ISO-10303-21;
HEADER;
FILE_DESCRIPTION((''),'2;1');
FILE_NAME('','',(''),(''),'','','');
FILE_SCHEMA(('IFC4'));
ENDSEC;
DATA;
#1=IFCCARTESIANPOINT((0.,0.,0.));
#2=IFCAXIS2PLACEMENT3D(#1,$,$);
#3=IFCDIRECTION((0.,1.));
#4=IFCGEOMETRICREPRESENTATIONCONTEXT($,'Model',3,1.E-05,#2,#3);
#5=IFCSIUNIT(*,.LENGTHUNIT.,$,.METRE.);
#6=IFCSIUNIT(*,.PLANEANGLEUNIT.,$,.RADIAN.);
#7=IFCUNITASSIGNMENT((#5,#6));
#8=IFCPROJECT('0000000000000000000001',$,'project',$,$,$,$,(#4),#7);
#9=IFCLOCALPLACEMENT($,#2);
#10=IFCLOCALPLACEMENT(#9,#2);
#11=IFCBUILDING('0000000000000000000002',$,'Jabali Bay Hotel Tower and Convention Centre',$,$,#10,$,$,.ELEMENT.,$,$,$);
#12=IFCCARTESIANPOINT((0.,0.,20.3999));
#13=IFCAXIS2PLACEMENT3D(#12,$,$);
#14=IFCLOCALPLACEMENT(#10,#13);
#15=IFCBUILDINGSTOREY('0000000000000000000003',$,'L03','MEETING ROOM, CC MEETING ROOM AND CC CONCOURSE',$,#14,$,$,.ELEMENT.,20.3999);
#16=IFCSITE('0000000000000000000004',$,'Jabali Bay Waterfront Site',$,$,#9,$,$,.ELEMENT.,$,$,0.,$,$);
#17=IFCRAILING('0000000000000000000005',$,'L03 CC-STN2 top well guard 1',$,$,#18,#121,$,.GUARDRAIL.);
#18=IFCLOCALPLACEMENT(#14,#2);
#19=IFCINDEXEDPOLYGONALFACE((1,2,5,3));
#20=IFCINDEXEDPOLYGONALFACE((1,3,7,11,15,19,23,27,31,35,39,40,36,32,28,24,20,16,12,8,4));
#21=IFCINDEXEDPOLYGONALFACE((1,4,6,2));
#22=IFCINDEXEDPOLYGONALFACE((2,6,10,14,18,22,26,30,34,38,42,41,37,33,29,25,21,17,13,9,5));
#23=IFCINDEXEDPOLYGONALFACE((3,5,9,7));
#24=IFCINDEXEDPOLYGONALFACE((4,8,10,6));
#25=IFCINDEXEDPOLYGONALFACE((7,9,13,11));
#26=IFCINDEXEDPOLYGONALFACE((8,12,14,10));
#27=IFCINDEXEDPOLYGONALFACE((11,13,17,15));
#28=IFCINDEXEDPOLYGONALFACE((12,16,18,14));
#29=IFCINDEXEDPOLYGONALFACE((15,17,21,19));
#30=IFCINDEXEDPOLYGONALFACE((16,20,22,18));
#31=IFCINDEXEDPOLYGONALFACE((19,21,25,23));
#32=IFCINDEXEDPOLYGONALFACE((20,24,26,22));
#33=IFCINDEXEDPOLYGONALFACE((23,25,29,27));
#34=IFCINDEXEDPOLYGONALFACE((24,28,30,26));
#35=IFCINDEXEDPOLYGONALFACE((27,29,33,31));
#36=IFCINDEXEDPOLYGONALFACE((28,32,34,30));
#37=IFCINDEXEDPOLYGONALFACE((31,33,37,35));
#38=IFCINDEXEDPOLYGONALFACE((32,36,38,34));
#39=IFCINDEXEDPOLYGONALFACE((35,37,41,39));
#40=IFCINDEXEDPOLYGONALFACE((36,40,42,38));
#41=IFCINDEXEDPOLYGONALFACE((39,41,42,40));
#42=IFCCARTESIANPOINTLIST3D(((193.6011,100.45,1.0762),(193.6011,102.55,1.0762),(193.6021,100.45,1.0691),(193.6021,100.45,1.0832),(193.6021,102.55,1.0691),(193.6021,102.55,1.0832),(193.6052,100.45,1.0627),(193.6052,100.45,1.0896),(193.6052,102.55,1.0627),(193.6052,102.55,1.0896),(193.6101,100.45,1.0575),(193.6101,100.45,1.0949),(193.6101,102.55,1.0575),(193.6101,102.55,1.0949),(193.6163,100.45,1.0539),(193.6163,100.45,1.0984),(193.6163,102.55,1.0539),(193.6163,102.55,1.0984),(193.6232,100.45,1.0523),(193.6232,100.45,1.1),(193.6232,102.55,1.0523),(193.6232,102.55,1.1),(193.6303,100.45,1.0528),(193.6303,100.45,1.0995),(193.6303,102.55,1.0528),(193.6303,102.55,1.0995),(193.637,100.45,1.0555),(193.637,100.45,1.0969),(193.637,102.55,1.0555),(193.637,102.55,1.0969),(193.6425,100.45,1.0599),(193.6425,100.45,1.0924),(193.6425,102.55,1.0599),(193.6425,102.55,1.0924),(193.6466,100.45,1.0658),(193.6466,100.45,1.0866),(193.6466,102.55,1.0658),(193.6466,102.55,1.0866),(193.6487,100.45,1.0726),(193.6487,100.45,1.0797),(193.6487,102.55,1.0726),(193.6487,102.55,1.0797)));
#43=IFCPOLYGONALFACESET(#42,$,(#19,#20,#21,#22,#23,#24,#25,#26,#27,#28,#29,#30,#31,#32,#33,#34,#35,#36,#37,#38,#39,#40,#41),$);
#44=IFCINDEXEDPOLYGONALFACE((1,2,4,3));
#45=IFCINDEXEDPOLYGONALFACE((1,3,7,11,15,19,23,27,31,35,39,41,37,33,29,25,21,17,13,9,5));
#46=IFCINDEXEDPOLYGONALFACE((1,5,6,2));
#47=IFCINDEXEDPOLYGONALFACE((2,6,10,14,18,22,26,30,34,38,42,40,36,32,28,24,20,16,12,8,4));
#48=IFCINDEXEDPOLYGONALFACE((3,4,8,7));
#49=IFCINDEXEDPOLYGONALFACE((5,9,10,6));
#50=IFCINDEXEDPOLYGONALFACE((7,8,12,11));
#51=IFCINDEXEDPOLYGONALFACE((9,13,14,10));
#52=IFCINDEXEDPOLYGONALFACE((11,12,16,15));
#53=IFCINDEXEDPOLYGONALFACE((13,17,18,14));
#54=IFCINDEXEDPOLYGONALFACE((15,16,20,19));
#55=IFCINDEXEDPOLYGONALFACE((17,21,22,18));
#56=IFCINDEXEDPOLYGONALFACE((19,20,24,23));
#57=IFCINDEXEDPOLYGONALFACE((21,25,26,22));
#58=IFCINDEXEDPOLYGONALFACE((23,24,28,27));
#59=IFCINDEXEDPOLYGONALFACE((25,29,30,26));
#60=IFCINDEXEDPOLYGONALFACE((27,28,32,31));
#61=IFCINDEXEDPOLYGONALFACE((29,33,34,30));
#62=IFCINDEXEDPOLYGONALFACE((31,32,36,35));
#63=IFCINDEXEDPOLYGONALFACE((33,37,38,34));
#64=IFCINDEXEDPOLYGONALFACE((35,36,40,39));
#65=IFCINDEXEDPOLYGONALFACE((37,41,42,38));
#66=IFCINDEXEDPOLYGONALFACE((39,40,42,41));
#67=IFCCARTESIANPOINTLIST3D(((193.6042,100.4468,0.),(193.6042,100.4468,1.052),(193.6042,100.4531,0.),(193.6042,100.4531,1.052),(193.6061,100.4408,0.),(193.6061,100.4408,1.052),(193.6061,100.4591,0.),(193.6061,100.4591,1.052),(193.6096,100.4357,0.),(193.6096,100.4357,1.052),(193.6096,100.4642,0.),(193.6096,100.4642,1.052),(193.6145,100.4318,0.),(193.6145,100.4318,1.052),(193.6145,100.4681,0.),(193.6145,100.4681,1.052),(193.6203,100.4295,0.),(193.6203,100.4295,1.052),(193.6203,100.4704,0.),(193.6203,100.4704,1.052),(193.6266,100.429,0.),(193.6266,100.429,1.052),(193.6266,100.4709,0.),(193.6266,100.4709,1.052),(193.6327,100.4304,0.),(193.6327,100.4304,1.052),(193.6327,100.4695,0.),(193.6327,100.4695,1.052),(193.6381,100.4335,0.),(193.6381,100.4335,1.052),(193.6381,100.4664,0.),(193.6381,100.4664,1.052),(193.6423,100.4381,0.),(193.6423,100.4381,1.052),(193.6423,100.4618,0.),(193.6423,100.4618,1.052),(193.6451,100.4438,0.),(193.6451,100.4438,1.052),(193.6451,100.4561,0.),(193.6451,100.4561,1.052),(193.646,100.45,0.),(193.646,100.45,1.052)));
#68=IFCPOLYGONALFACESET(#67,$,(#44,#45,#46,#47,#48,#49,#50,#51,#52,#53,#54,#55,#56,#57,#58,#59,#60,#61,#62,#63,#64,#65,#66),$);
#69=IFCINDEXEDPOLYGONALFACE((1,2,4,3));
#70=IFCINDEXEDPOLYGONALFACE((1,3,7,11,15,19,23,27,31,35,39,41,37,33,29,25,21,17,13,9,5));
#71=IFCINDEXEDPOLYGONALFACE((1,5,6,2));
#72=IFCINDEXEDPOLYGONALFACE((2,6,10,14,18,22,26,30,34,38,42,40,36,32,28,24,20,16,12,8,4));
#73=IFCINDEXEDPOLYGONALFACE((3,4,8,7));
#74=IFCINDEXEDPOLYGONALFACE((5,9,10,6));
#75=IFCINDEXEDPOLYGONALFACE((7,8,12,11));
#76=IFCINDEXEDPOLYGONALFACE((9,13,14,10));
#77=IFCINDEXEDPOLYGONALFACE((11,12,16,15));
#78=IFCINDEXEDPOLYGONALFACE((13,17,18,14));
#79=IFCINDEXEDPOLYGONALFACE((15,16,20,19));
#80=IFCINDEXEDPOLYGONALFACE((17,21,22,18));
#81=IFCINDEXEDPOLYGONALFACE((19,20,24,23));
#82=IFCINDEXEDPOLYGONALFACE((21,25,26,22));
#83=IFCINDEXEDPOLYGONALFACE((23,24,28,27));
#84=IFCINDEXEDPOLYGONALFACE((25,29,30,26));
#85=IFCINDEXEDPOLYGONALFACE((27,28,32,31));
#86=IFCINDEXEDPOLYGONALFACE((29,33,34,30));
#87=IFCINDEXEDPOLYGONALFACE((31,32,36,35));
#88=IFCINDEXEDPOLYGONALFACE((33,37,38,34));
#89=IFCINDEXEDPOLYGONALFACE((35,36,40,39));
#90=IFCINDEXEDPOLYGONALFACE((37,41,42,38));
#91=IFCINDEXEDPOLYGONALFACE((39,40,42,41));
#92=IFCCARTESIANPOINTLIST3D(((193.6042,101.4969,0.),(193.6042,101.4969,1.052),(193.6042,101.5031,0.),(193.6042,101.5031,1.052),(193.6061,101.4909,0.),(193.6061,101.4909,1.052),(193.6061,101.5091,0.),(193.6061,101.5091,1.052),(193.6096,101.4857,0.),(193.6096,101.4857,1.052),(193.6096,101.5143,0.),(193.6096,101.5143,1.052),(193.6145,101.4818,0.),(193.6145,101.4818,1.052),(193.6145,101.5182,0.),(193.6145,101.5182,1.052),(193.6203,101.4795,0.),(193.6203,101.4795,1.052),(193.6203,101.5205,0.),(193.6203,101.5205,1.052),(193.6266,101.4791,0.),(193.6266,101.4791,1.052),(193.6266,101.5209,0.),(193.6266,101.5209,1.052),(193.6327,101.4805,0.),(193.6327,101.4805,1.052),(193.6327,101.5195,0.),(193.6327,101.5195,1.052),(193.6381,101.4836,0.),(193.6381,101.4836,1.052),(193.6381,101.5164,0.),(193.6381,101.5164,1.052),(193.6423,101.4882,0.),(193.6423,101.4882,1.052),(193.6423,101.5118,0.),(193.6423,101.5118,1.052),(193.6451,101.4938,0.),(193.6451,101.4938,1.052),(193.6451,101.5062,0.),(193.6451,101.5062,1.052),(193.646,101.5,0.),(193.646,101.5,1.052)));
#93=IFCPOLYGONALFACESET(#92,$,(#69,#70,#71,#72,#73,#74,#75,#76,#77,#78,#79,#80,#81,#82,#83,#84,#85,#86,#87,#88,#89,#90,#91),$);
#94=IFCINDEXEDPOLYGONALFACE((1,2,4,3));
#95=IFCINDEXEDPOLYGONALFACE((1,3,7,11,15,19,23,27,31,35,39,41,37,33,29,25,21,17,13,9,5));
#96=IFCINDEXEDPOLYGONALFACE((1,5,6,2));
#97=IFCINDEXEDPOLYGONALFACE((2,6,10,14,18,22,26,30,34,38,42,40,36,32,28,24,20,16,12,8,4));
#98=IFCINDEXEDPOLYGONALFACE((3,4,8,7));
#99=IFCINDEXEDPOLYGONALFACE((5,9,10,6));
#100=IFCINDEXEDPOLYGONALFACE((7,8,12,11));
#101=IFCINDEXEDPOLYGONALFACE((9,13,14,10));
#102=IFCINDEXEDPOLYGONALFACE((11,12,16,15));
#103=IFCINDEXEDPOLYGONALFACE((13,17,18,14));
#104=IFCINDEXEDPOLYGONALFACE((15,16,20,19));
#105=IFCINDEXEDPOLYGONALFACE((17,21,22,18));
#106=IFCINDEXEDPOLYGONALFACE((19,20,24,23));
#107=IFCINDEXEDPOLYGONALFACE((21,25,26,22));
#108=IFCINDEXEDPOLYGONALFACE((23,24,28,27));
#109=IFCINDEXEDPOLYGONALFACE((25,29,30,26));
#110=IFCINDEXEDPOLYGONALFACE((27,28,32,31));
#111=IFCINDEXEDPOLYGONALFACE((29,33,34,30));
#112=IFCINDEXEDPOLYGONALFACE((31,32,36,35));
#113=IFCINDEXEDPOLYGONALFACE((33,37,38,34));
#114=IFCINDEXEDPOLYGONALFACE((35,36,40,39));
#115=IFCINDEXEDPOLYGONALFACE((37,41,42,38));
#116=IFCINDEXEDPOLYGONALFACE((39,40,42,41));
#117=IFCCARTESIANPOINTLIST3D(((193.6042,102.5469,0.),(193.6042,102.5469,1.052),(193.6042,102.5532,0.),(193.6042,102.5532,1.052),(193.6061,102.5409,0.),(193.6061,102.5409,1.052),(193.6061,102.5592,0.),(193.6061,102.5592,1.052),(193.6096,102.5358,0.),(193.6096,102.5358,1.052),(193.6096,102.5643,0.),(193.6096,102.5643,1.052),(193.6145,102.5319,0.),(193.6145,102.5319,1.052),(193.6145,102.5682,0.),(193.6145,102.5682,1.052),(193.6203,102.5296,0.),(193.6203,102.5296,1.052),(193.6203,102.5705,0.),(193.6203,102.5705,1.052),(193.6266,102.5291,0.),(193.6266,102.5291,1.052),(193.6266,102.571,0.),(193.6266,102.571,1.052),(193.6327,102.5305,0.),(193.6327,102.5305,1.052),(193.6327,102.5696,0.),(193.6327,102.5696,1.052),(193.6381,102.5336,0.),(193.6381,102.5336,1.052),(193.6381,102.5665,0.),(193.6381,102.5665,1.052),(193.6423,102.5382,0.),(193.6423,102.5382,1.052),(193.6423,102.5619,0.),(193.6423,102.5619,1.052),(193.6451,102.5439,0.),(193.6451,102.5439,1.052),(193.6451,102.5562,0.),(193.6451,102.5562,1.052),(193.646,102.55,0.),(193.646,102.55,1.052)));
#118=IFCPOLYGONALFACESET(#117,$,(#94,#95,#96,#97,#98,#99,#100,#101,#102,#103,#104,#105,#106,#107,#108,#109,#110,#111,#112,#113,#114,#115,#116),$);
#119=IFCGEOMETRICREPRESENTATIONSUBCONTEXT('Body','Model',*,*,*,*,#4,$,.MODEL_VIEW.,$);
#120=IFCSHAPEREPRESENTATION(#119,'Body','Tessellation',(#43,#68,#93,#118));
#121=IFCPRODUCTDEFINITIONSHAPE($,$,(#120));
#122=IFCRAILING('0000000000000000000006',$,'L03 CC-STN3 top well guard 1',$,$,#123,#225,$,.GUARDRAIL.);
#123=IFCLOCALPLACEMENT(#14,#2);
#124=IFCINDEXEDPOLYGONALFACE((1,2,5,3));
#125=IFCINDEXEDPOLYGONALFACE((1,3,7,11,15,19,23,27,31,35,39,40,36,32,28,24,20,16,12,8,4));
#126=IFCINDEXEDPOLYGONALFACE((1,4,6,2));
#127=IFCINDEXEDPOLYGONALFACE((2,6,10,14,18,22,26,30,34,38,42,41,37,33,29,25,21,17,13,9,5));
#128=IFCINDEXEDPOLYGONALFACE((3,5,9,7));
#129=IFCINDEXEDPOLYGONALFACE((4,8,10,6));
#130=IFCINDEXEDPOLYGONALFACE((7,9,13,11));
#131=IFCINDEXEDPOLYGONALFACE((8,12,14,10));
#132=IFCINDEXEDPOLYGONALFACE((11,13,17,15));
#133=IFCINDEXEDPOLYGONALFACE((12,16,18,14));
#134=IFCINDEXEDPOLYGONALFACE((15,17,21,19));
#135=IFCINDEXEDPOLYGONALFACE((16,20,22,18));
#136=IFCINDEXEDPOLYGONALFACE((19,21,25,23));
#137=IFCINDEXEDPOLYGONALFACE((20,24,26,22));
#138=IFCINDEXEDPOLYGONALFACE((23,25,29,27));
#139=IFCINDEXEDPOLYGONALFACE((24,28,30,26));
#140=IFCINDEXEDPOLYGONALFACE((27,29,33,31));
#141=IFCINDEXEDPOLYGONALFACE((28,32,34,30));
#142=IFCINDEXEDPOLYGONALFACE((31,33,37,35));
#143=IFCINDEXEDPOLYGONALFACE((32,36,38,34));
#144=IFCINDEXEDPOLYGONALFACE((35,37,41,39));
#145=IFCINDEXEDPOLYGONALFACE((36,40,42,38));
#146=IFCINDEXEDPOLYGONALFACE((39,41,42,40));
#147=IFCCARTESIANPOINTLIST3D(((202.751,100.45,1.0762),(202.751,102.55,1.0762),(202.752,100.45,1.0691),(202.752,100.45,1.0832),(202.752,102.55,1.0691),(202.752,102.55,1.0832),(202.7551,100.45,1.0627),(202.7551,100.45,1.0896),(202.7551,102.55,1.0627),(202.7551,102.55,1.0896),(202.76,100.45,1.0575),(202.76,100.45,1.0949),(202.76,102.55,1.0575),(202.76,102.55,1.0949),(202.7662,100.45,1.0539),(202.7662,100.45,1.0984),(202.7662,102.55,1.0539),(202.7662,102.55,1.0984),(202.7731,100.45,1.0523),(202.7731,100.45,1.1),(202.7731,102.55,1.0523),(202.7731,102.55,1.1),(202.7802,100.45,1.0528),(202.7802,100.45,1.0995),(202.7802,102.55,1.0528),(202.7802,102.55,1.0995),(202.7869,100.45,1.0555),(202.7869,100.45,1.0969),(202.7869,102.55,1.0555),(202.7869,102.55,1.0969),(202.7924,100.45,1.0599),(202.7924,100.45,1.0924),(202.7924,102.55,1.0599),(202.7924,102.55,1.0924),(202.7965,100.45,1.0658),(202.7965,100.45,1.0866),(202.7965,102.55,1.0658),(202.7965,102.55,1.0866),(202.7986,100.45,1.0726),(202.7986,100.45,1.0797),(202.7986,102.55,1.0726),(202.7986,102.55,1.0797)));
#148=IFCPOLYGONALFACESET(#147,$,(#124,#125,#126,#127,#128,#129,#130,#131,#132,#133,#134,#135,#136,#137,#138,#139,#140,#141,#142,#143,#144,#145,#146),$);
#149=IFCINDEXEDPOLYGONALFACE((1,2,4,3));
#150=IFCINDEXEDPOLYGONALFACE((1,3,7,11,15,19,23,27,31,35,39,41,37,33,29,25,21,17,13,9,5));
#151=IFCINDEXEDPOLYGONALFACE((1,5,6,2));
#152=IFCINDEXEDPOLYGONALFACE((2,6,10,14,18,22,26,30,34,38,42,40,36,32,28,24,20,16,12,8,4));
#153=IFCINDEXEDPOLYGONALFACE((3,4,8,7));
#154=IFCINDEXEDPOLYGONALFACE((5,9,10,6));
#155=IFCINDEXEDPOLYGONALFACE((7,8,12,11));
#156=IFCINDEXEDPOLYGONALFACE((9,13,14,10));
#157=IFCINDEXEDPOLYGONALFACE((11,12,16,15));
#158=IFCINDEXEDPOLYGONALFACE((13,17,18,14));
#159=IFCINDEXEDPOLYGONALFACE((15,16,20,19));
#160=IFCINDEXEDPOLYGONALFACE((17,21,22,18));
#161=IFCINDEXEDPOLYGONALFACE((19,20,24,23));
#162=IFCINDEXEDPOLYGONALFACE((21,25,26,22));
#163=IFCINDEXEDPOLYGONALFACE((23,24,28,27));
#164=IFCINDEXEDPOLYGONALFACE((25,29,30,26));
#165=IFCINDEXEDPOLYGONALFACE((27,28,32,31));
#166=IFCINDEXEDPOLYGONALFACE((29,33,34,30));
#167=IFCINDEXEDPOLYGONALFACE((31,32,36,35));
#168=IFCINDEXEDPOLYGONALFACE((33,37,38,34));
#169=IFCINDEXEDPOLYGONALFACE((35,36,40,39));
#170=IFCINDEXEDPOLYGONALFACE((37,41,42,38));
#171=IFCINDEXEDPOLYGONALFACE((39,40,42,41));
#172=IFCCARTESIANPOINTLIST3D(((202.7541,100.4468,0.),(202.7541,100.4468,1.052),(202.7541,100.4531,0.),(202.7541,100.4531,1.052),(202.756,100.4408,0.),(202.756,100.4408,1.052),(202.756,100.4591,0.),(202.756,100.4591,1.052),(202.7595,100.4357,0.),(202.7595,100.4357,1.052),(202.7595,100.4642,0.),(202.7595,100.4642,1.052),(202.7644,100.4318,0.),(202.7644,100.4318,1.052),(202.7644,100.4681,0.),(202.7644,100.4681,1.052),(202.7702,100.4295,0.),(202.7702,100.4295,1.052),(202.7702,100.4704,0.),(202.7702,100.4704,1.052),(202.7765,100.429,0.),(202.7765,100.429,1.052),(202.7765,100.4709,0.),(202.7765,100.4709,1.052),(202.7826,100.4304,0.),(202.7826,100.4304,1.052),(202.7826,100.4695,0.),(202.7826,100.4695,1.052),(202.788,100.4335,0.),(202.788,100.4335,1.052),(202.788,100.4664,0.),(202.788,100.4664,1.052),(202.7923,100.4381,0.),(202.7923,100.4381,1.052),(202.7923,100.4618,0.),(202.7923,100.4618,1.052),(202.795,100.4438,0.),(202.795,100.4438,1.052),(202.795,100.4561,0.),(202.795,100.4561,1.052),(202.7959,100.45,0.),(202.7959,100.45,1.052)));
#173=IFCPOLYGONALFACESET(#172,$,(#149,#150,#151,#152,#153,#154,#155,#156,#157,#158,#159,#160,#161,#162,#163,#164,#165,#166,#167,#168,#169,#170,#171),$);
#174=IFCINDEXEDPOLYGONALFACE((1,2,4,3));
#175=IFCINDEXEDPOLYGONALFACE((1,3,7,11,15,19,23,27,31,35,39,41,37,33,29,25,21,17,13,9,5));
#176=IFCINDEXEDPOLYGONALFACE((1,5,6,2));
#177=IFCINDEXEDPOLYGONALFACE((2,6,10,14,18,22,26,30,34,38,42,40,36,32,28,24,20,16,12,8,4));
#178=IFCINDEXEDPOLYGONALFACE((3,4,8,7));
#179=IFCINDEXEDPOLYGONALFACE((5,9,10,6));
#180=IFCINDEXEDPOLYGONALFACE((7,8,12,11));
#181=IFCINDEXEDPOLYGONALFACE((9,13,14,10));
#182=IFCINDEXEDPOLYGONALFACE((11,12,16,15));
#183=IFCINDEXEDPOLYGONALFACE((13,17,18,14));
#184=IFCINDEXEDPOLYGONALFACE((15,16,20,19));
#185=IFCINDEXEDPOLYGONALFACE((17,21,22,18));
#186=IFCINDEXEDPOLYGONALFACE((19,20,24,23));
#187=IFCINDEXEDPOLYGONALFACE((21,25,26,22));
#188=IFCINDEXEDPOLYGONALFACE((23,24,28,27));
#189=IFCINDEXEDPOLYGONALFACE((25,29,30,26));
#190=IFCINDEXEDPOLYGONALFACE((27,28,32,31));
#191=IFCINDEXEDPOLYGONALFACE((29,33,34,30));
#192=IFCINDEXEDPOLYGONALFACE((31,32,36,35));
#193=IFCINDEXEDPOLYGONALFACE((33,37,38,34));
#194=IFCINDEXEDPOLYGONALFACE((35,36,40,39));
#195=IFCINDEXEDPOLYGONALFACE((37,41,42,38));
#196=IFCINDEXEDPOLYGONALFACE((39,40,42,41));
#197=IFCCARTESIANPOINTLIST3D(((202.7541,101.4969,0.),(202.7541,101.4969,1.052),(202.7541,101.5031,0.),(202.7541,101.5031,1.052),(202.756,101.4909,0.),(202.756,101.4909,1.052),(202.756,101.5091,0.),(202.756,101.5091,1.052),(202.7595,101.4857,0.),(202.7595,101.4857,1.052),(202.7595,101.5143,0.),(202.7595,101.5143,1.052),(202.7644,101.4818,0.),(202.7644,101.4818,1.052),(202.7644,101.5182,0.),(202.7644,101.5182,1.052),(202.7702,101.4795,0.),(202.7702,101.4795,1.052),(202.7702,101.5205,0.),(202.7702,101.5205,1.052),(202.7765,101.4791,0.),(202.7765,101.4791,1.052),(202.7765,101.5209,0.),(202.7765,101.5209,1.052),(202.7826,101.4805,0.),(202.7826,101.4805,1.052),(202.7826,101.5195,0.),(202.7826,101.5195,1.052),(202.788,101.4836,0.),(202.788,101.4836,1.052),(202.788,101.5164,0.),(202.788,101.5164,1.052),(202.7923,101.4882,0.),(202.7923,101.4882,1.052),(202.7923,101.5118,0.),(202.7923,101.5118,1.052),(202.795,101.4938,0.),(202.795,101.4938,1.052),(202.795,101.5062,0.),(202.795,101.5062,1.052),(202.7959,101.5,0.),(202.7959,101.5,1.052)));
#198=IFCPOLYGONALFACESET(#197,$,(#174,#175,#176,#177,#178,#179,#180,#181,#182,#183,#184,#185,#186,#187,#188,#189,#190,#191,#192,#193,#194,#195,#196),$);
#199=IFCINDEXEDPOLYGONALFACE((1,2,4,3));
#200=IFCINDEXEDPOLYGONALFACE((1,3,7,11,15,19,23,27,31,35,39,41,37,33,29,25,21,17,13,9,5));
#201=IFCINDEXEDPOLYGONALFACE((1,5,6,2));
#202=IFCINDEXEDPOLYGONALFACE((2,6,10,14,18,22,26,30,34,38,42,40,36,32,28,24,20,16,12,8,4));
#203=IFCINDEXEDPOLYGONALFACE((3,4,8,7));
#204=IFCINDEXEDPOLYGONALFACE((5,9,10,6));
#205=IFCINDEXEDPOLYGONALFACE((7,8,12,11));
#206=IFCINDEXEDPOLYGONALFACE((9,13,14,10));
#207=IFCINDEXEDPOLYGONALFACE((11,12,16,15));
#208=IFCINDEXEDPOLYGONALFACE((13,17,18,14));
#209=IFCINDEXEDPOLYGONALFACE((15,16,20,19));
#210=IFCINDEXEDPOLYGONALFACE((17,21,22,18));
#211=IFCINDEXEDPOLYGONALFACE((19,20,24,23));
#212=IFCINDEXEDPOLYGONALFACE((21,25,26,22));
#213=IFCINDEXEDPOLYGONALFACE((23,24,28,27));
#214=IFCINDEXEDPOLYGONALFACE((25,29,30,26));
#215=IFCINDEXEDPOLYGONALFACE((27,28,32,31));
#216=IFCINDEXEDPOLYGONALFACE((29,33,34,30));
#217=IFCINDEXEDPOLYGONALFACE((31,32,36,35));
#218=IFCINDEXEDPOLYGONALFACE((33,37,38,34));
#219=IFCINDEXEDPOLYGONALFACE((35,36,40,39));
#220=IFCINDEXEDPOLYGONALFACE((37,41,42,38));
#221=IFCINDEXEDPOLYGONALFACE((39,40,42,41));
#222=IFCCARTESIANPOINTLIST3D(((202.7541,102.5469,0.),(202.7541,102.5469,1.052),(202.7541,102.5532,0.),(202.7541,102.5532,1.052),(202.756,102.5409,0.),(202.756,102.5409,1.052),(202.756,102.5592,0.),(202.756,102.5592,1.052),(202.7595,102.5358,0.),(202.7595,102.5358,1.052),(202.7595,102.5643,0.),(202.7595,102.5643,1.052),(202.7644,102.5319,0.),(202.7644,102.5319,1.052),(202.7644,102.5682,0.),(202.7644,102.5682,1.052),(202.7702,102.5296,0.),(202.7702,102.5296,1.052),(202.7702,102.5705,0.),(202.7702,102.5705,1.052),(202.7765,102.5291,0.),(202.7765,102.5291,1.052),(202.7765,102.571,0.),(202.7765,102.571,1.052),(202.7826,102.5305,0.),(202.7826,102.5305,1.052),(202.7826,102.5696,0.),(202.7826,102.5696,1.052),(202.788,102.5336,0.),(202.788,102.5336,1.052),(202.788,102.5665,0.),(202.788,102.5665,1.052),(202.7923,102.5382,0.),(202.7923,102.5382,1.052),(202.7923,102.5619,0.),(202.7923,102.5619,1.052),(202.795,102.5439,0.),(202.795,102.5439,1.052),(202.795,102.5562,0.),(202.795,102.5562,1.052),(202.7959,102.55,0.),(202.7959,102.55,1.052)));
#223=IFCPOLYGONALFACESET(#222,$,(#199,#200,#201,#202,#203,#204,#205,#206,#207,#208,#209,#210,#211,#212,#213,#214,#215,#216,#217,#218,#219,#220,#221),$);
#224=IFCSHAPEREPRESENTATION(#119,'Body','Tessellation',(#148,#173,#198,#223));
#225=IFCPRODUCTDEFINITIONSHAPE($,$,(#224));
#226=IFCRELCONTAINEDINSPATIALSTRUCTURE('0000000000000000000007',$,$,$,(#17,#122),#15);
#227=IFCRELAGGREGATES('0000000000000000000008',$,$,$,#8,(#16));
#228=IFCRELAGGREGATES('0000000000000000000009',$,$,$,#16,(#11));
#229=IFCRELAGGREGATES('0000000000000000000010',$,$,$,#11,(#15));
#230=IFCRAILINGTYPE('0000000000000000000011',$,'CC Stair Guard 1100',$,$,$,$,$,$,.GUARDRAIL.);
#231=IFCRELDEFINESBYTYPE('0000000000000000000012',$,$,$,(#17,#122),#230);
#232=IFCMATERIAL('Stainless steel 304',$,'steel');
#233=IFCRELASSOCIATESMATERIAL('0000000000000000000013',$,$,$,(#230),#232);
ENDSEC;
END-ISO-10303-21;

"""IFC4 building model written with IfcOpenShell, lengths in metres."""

from ifc_helpers import new_model, si_unit, direction, frame, origin, origin_2d, place, context, subcontext, project, spatial, circle, extrude, material, type_object, element, save


model = new_model("IFC4")

# Units and contexts
model_context = context("Model", 3, precision=1e-05, world=origin(), true_north=direction((0.0, 1.0)))
body_context = subcontext(model_context, "Body", "Model", "MODEL_VIEW")
ifc_project = project(units=[si_unit("LENGTHUNIT", "METRE"), si_unit("PLANEANGLEUNIT", "RADIAN")], contexts=[model_context])

# Site, building, storey
site_placement = place(None, origin())
site = spatial("IfcSite", under=ifc_project, at=site_placement, Name="Jabali Bay Waterfront Site", CompositionType="ELEMENT", RefElevation=0.0)
building_placement = place(site_placement, origin())
building = spatial("IfcBuilding", under=site, at=building_placement, Name="Jabali Bay Hotel Tower and Convention Centre", CompositionType="ELEMENT")
storey_placement = place(building_placement, frame((0.0, 0.0, 20.3999)))
storey = spatial("IfcBuildingStorey", under=building, at=storey_placement, Name="L03", Description="MEETING ROOM, CC MEETING ROOM AND CC CONCOURSE", CompositionType="ELEMENT", Elevation=20.3999)

# Railings
ifc_material_1 = material(Name="Stainless steel 304", Category="steel")
railing_type = type_object("IfcRailingType", Name="CC Stair Guard 1100", PredefinedType="GUARDRAIL", material=ifc_material_1)
for number, where, name in (
    (1, (193.625, 100.45, 0.0), "L03 CC-STN2 top well guard 1"),
    (2, (202.7749, 100.45, 0.0), "L03 CC-STN3 top well guard 1"),
):
    element("IfcRailing", number, at=place(storey_placement, frame(where)), inside=storey, type_object=railing_type, Name=name, PredefinedType="GUARDRAIL", context=body_context, shape_type="SweptSolid", body=[
        extrude(circle(Radius=0.0239, at=origin_2d()), frame((0.0, 0.0, 1.0762), z_axis=(0.0, 1.0, 0.0), x_axis=(-1.0, 0.0, 0.0)), (0.0, 0.0, 1.0), 2.1001),
        extrude(circle(Radius=0.021, at=origin_2d()), origin(), (0.0, 0.0, 1.0), 1.052),
        extrude(circle(Radius=0.021, at=origin_2d()), frame((0.0, 1.05, 0.0)), (0.0, 0.0, 1.0), 1.052),
        extrude(circle(Radius=0.021, at=origin_2d()), frame((0.0, 2.1001, 0.0)), (0.0, 0.0, 1.0), 1.052),
    ])

save(model, "model.ifc")
